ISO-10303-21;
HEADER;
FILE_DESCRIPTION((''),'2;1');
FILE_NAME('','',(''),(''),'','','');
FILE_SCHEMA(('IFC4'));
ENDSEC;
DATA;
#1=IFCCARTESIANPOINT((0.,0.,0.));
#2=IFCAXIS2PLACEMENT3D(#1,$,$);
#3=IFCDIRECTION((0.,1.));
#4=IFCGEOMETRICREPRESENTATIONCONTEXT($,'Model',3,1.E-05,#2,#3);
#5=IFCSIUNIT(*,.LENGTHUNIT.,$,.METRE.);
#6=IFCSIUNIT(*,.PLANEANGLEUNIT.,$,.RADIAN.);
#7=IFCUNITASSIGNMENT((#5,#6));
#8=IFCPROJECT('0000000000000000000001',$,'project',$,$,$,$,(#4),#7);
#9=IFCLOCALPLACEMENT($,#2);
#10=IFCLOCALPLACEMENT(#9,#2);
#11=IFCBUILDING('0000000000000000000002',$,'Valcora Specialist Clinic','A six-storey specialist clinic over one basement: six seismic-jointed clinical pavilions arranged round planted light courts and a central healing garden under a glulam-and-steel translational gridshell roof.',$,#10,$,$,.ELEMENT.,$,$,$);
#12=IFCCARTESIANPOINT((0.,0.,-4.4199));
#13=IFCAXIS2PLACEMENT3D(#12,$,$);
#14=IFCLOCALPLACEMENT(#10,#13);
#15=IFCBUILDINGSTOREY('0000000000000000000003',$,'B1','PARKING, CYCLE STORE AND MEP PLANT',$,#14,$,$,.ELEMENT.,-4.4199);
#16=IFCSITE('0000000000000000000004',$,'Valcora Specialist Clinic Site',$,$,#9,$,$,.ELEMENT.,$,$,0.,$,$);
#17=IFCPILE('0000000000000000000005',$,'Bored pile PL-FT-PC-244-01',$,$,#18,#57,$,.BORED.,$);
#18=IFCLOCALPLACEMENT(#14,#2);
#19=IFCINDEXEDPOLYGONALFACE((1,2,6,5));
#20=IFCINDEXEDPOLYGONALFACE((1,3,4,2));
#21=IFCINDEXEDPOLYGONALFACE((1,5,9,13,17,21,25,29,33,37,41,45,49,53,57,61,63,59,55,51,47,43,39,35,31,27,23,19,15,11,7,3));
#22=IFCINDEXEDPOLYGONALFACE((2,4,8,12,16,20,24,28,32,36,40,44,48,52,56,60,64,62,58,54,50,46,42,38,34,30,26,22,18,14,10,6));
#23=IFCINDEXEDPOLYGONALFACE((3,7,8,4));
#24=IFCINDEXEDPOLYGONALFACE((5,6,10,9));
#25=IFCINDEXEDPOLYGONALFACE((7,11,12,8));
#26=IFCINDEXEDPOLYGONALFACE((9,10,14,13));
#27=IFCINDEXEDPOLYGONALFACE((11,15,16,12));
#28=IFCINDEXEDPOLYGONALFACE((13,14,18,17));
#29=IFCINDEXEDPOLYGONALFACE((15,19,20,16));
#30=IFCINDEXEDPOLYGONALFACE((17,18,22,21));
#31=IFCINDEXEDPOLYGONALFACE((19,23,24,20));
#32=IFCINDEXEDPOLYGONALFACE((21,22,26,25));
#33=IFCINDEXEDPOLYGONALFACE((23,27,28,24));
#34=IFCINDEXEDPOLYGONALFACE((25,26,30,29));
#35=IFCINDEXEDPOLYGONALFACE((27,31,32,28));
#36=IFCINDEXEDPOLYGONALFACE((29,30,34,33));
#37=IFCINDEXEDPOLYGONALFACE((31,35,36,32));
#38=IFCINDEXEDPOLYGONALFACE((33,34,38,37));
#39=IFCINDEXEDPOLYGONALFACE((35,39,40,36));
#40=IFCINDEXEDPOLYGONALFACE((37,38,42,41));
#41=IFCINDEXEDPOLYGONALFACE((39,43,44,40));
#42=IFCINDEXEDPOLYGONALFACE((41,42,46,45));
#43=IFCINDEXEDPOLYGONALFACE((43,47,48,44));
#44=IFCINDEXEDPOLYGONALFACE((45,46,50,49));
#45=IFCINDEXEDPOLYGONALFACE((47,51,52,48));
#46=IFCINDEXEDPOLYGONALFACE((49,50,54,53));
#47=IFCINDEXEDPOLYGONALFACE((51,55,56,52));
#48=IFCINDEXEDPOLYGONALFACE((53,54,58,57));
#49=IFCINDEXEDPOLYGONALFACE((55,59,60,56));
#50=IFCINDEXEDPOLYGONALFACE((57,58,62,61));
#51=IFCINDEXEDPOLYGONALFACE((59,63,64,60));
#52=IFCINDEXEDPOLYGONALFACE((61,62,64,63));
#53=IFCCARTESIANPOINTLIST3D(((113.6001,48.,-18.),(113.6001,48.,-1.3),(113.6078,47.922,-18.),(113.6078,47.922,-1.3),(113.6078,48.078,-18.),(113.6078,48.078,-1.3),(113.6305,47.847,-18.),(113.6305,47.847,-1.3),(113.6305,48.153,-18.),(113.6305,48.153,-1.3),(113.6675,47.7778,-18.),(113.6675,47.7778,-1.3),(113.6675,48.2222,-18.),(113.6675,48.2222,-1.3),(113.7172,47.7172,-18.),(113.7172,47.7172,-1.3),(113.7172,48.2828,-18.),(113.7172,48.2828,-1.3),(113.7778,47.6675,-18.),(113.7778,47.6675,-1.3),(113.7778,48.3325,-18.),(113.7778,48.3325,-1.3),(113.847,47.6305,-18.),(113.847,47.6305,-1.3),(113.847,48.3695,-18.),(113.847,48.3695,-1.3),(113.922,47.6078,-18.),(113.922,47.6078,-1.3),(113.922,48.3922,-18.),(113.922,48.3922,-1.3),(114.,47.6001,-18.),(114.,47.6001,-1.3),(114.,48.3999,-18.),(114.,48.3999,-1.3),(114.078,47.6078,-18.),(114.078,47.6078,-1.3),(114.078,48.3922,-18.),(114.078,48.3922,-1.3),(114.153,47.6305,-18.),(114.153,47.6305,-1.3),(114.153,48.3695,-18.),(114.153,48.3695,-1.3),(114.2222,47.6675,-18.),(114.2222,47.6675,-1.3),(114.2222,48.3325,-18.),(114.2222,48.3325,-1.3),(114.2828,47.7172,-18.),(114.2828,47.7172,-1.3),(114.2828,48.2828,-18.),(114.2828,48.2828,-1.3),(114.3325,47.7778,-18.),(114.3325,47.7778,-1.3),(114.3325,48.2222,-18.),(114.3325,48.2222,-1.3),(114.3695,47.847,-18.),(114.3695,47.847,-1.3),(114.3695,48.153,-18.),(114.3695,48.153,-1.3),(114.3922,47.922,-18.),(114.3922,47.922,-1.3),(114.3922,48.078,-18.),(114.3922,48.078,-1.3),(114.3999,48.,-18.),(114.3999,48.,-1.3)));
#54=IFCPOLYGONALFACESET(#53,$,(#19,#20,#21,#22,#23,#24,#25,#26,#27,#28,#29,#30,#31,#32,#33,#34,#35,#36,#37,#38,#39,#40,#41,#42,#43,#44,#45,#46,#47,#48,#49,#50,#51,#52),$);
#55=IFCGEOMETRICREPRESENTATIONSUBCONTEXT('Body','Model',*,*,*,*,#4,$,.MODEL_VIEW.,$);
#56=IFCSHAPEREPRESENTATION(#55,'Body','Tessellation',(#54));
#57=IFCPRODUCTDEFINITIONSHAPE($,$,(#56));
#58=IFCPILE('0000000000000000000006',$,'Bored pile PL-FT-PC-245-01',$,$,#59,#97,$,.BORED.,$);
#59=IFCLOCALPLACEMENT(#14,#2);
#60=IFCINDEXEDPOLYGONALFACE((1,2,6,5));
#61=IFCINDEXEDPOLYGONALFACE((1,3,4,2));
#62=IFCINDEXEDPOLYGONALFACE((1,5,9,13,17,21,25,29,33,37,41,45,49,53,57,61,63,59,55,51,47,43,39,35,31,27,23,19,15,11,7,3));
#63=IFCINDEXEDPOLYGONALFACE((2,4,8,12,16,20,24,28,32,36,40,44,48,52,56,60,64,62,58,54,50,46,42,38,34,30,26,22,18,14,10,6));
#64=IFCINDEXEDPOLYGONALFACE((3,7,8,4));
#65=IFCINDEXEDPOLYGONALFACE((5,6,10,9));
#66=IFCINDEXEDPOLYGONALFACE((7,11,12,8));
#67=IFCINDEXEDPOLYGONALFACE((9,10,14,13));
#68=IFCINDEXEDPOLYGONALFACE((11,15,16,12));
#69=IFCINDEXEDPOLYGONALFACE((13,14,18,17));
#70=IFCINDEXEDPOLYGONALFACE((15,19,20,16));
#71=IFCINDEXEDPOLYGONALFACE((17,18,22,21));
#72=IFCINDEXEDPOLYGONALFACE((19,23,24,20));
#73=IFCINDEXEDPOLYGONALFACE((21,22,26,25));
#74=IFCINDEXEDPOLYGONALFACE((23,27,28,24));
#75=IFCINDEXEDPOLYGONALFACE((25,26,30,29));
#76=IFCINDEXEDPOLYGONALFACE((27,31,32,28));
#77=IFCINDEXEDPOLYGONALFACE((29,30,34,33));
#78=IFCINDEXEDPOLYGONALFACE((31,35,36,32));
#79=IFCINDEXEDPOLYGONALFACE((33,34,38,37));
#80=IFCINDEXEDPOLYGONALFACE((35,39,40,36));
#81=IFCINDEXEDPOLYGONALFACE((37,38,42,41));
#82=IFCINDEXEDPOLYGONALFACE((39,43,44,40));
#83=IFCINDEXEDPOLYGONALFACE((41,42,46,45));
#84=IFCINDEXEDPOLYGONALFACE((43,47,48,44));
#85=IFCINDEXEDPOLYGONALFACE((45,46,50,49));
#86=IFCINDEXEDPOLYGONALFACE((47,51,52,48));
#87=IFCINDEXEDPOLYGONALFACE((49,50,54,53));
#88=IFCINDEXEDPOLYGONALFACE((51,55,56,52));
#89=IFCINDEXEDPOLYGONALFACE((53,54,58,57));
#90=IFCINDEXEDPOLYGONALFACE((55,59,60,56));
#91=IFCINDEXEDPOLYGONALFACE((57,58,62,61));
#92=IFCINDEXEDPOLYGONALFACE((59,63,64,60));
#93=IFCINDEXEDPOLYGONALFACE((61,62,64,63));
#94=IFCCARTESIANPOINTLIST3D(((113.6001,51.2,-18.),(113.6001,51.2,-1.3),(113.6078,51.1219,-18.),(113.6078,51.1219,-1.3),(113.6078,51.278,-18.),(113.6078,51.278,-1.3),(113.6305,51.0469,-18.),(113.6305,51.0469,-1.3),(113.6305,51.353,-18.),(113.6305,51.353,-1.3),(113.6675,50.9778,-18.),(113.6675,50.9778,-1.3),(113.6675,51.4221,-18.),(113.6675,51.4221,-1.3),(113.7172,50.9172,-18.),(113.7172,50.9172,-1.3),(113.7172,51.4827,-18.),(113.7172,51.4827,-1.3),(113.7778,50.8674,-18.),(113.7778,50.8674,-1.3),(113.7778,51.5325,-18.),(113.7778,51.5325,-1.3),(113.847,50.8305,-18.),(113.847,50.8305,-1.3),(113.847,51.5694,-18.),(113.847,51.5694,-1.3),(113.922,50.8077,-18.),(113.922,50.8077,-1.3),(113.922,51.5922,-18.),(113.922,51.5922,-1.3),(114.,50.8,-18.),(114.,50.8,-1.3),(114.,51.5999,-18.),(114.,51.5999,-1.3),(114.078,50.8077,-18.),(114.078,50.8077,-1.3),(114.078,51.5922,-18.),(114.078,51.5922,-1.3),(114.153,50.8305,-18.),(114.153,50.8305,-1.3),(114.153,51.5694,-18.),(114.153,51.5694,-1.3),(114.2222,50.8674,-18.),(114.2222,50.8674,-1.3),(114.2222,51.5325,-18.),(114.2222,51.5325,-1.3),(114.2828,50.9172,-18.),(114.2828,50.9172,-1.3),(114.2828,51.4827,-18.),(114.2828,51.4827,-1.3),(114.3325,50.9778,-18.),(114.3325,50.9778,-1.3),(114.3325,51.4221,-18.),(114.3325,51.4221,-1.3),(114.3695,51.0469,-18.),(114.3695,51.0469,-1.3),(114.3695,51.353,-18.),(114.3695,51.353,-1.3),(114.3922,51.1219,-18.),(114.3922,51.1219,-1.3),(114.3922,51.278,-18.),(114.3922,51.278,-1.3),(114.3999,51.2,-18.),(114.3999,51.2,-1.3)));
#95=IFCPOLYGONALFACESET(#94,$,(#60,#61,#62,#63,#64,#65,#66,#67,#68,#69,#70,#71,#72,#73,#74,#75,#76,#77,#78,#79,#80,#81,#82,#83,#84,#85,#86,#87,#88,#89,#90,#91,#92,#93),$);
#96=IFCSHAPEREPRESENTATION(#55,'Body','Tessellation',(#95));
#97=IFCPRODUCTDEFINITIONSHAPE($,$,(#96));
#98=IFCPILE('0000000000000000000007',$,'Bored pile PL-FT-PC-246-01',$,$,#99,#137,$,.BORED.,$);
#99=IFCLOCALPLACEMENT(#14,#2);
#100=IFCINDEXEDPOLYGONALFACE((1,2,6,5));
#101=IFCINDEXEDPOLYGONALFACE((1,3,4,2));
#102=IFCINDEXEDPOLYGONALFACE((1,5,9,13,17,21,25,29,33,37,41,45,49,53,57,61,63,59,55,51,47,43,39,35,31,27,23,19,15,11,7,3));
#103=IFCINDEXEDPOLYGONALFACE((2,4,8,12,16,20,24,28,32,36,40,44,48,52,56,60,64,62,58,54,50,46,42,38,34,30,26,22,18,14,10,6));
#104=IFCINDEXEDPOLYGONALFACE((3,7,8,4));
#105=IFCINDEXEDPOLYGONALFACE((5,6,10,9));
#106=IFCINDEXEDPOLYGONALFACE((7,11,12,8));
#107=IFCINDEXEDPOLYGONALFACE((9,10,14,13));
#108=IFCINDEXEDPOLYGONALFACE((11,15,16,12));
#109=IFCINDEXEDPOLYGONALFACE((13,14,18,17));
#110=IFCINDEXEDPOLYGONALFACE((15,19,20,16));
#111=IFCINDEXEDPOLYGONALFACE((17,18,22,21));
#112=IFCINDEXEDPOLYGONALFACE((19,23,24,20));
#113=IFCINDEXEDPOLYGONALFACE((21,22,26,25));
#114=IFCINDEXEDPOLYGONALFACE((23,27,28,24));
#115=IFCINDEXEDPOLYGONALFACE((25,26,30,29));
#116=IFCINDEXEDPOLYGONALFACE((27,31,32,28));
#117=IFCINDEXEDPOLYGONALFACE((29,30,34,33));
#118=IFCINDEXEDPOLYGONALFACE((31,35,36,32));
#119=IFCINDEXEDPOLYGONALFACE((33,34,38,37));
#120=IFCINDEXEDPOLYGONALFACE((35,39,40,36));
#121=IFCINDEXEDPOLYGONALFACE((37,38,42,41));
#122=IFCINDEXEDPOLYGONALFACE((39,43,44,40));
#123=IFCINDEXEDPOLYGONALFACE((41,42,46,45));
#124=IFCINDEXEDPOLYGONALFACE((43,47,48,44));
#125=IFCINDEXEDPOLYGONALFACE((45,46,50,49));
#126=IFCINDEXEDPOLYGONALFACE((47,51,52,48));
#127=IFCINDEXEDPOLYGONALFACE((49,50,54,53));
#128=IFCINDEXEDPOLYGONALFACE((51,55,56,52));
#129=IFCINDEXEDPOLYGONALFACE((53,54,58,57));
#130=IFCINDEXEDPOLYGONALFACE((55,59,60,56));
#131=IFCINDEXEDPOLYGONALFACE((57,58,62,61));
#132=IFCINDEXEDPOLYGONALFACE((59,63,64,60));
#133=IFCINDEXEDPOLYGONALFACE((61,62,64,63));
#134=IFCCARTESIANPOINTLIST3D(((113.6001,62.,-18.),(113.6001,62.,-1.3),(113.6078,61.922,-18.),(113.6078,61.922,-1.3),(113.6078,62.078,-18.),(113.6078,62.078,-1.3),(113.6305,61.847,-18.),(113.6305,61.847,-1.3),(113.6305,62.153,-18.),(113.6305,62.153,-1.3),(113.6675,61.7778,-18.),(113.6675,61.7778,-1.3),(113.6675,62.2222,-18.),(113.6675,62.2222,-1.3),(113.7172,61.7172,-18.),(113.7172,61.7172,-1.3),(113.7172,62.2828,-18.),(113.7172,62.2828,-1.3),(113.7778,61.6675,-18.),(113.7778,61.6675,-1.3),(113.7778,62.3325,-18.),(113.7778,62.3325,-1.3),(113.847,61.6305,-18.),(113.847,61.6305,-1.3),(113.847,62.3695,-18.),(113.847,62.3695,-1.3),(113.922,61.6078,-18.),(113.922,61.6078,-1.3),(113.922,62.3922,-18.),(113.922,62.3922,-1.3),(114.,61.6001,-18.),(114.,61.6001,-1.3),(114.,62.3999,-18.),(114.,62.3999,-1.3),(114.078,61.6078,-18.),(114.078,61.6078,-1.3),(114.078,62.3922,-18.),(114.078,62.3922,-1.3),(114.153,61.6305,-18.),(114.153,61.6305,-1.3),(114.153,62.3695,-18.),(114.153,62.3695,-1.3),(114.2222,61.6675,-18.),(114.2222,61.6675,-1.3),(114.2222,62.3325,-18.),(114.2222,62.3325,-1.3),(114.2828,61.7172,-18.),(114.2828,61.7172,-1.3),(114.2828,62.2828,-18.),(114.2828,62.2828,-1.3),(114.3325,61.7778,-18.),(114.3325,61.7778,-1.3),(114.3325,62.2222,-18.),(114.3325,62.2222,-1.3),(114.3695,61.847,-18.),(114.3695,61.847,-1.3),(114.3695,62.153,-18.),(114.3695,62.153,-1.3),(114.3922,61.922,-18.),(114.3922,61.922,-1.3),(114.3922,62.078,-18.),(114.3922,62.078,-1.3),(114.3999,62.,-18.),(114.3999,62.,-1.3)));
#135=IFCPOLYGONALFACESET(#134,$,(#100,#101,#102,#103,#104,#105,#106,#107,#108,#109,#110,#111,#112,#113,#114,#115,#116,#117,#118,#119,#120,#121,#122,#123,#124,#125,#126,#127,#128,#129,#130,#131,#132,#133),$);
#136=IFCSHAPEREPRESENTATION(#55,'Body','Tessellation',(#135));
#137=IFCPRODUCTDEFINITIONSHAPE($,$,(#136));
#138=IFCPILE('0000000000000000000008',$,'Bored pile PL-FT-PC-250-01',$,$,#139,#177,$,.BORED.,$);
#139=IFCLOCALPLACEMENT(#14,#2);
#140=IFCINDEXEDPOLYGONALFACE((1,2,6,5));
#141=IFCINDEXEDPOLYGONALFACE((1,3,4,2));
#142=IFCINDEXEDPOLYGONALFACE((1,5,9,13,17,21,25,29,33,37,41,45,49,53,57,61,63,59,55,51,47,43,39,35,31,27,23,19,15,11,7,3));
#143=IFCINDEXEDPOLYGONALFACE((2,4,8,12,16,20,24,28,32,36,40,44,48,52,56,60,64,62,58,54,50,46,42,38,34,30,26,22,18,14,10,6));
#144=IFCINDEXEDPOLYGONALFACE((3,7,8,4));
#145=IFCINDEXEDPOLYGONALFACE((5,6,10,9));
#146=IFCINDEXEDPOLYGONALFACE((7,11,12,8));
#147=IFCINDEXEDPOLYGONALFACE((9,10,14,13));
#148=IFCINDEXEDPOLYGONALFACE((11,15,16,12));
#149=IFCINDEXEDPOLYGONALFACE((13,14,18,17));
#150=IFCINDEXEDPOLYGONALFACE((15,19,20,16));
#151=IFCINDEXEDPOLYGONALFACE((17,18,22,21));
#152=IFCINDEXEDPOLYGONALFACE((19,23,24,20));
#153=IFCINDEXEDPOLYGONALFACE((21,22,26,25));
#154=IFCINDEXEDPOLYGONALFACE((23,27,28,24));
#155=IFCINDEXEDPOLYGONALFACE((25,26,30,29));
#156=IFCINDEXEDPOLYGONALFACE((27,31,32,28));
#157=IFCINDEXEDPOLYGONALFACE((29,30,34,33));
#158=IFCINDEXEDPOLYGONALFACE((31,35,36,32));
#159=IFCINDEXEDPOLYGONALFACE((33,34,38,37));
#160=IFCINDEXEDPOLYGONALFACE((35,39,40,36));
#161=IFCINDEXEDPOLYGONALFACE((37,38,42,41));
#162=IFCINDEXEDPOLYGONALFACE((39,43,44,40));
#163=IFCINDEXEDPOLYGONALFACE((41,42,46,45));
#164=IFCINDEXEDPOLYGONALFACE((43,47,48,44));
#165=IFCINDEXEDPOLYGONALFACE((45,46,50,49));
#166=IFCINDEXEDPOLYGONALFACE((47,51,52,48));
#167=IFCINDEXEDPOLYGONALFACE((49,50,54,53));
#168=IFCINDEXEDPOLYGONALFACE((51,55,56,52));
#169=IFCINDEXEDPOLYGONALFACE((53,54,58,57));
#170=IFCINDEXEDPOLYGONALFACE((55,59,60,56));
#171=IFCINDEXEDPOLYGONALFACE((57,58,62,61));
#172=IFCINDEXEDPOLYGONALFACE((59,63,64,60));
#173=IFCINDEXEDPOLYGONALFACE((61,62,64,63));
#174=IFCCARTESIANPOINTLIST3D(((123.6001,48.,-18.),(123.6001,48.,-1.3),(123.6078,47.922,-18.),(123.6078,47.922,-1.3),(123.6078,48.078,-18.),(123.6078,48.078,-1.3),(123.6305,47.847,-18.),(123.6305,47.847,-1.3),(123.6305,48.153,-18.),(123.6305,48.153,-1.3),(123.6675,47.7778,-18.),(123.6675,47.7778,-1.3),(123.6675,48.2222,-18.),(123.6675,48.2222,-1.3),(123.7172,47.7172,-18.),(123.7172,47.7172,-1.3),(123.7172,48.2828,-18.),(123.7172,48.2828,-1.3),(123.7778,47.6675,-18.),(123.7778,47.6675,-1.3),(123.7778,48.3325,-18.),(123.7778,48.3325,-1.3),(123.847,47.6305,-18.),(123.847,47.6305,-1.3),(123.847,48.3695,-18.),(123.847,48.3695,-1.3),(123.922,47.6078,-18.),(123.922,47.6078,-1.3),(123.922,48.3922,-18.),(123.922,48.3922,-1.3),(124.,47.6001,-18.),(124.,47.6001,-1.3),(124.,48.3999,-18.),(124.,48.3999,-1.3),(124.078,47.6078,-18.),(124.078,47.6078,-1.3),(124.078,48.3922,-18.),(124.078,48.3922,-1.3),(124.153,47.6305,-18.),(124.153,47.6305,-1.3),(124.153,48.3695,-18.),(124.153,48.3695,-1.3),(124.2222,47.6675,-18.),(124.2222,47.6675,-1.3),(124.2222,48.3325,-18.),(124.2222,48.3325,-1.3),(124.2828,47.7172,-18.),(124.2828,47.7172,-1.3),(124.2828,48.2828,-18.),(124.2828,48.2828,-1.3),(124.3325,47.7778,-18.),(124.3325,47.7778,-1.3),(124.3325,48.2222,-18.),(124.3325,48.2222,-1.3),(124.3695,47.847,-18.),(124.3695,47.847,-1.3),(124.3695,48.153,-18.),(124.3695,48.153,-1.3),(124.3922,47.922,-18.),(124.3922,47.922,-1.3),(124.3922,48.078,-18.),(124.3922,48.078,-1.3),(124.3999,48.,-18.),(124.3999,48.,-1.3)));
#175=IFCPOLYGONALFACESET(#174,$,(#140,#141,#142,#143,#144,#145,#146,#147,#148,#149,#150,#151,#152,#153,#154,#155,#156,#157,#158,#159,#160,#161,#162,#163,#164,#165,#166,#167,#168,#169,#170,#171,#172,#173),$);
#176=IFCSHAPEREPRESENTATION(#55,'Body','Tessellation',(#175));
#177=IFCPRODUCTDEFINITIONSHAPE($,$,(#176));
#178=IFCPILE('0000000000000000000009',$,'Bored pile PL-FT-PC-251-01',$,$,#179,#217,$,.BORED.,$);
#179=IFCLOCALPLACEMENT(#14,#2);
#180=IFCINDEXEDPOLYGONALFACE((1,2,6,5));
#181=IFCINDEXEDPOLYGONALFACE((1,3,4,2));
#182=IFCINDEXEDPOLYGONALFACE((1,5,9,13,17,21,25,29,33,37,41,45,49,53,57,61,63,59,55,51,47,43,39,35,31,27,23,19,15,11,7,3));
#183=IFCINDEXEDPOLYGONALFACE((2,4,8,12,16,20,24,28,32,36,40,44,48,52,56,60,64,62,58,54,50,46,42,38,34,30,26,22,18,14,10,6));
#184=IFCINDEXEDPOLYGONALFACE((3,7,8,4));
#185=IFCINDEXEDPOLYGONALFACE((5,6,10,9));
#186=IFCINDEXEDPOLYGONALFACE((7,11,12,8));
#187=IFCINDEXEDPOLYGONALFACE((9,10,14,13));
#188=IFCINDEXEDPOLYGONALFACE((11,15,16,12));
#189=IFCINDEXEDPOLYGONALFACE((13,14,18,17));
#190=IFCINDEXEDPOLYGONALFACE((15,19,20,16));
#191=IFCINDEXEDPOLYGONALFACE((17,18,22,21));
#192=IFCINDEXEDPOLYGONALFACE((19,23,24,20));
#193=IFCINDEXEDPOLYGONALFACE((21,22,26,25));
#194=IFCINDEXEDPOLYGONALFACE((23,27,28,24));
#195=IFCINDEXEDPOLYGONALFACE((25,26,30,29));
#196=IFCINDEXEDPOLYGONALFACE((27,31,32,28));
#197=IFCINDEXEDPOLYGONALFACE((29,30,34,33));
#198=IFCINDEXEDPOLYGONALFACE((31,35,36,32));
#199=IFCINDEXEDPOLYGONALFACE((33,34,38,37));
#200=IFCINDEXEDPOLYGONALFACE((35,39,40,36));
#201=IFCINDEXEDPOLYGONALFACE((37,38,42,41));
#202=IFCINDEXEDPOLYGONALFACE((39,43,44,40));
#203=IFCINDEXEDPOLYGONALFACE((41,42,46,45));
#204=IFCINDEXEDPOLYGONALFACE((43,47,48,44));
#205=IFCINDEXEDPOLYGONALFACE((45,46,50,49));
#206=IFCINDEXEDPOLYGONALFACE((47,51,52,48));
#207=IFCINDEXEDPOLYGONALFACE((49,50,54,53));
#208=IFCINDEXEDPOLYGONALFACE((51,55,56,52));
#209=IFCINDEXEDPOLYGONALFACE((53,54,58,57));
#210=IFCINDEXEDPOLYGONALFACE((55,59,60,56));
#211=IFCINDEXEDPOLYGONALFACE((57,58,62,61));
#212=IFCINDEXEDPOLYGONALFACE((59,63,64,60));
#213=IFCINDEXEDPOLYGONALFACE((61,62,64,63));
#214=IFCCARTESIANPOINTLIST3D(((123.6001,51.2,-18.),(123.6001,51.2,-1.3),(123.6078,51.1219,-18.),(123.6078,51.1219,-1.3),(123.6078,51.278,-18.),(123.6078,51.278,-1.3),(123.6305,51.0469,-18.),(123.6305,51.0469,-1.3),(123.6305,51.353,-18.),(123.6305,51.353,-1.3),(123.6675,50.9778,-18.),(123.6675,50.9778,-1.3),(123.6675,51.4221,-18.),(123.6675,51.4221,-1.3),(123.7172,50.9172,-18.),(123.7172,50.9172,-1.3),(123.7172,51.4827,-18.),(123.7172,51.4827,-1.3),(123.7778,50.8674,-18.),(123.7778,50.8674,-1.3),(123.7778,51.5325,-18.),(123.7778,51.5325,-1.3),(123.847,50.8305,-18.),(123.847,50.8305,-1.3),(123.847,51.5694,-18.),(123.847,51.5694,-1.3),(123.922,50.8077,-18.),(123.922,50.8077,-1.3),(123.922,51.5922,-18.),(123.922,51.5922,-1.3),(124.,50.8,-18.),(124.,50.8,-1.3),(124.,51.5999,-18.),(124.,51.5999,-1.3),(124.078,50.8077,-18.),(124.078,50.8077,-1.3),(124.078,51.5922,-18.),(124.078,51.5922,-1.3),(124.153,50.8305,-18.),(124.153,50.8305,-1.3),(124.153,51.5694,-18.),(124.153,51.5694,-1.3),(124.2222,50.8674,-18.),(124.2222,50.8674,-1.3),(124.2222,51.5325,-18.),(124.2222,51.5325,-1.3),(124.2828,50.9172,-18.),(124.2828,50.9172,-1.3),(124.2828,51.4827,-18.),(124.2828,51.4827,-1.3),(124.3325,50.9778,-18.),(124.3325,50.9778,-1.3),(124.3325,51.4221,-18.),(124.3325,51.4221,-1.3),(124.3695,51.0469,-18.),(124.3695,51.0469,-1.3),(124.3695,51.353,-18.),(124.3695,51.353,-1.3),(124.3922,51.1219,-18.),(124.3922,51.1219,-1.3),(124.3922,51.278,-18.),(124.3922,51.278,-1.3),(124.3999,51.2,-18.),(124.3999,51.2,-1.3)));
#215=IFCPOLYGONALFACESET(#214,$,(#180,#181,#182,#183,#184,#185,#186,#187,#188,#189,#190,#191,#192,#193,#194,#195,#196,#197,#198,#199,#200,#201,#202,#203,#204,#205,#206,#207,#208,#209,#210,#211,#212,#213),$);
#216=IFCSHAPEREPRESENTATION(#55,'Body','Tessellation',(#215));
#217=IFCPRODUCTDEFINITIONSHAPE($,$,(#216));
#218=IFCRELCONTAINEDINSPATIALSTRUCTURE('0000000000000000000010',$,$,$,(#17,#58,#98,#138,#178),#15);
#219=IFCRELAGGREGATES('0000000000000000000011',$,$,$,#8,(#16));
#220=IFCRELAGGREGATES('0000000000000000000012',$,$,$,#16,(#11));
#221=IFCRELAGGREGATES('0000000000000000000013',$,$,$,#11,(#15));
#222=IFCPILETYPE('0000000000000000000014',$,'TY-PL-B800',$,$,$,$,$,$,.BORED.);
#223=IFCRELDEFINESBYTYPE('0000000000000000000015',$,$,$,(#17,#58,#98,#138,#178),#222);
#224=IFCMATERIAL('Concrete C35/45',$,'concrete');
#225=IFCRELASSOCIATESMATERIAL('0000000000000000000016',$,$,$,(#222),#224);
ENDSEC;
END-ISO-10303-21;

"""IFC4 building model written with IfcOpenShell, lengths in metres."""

from ifc_helpers import new_model, si_unit, direction, frame, origin, origin_2d, place, context, subcontext, project, spatial, circle, extrude, material, material_profile, profile_set, type_object, element, save


model = new_model("IFC4")

# Units and contexts
model_context = context("Model", 3, precision=1e-05, world=origin(), true_north=direction((0.0, 1.0)))
body_context = subcontext(model_context, "Body", "Model", "MODEL_VIEW")
ifc_project = project(units=[si_unit("LENGTHUNIT", "METRE"), si_unit("PLANEANGLEUNIT", "RADIAN")], contexts=[model_context])

# Site, building, storey
site_placement = place(None, origin())
site = spatial("IfcSite", under=ifc_project, at=site_placement, Name="Valcora Specialist Clinic Site", CompositionType="ELEMENT", RefElevation=0.0)
building_placement = place(site_placement, origin())
building = spatial("IfcBuilding", under=site, at=building_placement, Name="Valcora Specialist Clinic", Description="A six-storey specialist clinic over one basement: six seismic-jointed clinical pavilions arranged round planted light courts and a central healing garden under a glulam-and-steel translational gridshell roof.", CompositionType="ELEMENT")
storey_placement = place(building_placement, frame((0.0, 0.0, -4.4199)))
storey = spatial("IfcBuildingStorey", under=building, at=storey_placement, Name="B1", Description="PARKING, CYCLE STORE AND MEP PLANT", CompositionType="ELEMENT", Elevation=-4.4199)

# Shared definitions
ifc_material_1 = material(Name="Concrete C35/45", Category="concrete")

# Piles
ifc_material_profile_1 = material_profile(ifc_material_1, circle(Radius=0.3999, at=origin_2d()), Name="RC-PIL-D800")
ifc_profile_set_1 = profile_set([ifc_material_profile_1], Name="Concrete C35/45")
pile_type_1 = type_object("IfcPileType", Name="TY-PL-B800", PredefinedType="BORED", material=ifc_profile_set_1)
for number, where, z_axis, x_axis, name in (
    (1, (114.0, 48.0, -1.3), (0.0, 0.0, -1.0), (1.0, 0.0, 0.0), "Bored pile PL-FT-PC-244-01"),
    (2, (114.0, 51.2, -1.3), (0.0, 0.0, -1.0), (1.0, 0.0, 0.0), "Bored pile PL-FT-PC-245-01"),
    (3, (114.0, 62.0, -1.3), (0.0, 0.0, -1.0), (1.0, 0.0, 0.0), "Bored pile PL-FT-PC-246-01"),
    (4, (124.0, 48.0, -1.3), (0.0, 0.0, -1.0), (1.0, 0.0, 0.0), "Bored pile PL-FT-PC-250-01"),
    (5, (124.0, 51.2, -1.3), (0.0, 0.0, -1.0), (1.0, 0.0, 0.0), "Bored pile PL-FT-PC-251-01"),
):
    element("IfcPile", number, at=place(storey_placement, frame(where, z_axis=z_axis, x_axis=x_axis)), inside=storey, type_object=pile_type_1, Name=name, PredefinedType="BORED", context=body_context, shape_type="SweptSolid", body=[
        extrude(circle(Radius=0.3999, at=origin_2d()), origin(), (0.0, 0.0, 1.0), 16.7),
    ])

save(model, "model.ifc")
